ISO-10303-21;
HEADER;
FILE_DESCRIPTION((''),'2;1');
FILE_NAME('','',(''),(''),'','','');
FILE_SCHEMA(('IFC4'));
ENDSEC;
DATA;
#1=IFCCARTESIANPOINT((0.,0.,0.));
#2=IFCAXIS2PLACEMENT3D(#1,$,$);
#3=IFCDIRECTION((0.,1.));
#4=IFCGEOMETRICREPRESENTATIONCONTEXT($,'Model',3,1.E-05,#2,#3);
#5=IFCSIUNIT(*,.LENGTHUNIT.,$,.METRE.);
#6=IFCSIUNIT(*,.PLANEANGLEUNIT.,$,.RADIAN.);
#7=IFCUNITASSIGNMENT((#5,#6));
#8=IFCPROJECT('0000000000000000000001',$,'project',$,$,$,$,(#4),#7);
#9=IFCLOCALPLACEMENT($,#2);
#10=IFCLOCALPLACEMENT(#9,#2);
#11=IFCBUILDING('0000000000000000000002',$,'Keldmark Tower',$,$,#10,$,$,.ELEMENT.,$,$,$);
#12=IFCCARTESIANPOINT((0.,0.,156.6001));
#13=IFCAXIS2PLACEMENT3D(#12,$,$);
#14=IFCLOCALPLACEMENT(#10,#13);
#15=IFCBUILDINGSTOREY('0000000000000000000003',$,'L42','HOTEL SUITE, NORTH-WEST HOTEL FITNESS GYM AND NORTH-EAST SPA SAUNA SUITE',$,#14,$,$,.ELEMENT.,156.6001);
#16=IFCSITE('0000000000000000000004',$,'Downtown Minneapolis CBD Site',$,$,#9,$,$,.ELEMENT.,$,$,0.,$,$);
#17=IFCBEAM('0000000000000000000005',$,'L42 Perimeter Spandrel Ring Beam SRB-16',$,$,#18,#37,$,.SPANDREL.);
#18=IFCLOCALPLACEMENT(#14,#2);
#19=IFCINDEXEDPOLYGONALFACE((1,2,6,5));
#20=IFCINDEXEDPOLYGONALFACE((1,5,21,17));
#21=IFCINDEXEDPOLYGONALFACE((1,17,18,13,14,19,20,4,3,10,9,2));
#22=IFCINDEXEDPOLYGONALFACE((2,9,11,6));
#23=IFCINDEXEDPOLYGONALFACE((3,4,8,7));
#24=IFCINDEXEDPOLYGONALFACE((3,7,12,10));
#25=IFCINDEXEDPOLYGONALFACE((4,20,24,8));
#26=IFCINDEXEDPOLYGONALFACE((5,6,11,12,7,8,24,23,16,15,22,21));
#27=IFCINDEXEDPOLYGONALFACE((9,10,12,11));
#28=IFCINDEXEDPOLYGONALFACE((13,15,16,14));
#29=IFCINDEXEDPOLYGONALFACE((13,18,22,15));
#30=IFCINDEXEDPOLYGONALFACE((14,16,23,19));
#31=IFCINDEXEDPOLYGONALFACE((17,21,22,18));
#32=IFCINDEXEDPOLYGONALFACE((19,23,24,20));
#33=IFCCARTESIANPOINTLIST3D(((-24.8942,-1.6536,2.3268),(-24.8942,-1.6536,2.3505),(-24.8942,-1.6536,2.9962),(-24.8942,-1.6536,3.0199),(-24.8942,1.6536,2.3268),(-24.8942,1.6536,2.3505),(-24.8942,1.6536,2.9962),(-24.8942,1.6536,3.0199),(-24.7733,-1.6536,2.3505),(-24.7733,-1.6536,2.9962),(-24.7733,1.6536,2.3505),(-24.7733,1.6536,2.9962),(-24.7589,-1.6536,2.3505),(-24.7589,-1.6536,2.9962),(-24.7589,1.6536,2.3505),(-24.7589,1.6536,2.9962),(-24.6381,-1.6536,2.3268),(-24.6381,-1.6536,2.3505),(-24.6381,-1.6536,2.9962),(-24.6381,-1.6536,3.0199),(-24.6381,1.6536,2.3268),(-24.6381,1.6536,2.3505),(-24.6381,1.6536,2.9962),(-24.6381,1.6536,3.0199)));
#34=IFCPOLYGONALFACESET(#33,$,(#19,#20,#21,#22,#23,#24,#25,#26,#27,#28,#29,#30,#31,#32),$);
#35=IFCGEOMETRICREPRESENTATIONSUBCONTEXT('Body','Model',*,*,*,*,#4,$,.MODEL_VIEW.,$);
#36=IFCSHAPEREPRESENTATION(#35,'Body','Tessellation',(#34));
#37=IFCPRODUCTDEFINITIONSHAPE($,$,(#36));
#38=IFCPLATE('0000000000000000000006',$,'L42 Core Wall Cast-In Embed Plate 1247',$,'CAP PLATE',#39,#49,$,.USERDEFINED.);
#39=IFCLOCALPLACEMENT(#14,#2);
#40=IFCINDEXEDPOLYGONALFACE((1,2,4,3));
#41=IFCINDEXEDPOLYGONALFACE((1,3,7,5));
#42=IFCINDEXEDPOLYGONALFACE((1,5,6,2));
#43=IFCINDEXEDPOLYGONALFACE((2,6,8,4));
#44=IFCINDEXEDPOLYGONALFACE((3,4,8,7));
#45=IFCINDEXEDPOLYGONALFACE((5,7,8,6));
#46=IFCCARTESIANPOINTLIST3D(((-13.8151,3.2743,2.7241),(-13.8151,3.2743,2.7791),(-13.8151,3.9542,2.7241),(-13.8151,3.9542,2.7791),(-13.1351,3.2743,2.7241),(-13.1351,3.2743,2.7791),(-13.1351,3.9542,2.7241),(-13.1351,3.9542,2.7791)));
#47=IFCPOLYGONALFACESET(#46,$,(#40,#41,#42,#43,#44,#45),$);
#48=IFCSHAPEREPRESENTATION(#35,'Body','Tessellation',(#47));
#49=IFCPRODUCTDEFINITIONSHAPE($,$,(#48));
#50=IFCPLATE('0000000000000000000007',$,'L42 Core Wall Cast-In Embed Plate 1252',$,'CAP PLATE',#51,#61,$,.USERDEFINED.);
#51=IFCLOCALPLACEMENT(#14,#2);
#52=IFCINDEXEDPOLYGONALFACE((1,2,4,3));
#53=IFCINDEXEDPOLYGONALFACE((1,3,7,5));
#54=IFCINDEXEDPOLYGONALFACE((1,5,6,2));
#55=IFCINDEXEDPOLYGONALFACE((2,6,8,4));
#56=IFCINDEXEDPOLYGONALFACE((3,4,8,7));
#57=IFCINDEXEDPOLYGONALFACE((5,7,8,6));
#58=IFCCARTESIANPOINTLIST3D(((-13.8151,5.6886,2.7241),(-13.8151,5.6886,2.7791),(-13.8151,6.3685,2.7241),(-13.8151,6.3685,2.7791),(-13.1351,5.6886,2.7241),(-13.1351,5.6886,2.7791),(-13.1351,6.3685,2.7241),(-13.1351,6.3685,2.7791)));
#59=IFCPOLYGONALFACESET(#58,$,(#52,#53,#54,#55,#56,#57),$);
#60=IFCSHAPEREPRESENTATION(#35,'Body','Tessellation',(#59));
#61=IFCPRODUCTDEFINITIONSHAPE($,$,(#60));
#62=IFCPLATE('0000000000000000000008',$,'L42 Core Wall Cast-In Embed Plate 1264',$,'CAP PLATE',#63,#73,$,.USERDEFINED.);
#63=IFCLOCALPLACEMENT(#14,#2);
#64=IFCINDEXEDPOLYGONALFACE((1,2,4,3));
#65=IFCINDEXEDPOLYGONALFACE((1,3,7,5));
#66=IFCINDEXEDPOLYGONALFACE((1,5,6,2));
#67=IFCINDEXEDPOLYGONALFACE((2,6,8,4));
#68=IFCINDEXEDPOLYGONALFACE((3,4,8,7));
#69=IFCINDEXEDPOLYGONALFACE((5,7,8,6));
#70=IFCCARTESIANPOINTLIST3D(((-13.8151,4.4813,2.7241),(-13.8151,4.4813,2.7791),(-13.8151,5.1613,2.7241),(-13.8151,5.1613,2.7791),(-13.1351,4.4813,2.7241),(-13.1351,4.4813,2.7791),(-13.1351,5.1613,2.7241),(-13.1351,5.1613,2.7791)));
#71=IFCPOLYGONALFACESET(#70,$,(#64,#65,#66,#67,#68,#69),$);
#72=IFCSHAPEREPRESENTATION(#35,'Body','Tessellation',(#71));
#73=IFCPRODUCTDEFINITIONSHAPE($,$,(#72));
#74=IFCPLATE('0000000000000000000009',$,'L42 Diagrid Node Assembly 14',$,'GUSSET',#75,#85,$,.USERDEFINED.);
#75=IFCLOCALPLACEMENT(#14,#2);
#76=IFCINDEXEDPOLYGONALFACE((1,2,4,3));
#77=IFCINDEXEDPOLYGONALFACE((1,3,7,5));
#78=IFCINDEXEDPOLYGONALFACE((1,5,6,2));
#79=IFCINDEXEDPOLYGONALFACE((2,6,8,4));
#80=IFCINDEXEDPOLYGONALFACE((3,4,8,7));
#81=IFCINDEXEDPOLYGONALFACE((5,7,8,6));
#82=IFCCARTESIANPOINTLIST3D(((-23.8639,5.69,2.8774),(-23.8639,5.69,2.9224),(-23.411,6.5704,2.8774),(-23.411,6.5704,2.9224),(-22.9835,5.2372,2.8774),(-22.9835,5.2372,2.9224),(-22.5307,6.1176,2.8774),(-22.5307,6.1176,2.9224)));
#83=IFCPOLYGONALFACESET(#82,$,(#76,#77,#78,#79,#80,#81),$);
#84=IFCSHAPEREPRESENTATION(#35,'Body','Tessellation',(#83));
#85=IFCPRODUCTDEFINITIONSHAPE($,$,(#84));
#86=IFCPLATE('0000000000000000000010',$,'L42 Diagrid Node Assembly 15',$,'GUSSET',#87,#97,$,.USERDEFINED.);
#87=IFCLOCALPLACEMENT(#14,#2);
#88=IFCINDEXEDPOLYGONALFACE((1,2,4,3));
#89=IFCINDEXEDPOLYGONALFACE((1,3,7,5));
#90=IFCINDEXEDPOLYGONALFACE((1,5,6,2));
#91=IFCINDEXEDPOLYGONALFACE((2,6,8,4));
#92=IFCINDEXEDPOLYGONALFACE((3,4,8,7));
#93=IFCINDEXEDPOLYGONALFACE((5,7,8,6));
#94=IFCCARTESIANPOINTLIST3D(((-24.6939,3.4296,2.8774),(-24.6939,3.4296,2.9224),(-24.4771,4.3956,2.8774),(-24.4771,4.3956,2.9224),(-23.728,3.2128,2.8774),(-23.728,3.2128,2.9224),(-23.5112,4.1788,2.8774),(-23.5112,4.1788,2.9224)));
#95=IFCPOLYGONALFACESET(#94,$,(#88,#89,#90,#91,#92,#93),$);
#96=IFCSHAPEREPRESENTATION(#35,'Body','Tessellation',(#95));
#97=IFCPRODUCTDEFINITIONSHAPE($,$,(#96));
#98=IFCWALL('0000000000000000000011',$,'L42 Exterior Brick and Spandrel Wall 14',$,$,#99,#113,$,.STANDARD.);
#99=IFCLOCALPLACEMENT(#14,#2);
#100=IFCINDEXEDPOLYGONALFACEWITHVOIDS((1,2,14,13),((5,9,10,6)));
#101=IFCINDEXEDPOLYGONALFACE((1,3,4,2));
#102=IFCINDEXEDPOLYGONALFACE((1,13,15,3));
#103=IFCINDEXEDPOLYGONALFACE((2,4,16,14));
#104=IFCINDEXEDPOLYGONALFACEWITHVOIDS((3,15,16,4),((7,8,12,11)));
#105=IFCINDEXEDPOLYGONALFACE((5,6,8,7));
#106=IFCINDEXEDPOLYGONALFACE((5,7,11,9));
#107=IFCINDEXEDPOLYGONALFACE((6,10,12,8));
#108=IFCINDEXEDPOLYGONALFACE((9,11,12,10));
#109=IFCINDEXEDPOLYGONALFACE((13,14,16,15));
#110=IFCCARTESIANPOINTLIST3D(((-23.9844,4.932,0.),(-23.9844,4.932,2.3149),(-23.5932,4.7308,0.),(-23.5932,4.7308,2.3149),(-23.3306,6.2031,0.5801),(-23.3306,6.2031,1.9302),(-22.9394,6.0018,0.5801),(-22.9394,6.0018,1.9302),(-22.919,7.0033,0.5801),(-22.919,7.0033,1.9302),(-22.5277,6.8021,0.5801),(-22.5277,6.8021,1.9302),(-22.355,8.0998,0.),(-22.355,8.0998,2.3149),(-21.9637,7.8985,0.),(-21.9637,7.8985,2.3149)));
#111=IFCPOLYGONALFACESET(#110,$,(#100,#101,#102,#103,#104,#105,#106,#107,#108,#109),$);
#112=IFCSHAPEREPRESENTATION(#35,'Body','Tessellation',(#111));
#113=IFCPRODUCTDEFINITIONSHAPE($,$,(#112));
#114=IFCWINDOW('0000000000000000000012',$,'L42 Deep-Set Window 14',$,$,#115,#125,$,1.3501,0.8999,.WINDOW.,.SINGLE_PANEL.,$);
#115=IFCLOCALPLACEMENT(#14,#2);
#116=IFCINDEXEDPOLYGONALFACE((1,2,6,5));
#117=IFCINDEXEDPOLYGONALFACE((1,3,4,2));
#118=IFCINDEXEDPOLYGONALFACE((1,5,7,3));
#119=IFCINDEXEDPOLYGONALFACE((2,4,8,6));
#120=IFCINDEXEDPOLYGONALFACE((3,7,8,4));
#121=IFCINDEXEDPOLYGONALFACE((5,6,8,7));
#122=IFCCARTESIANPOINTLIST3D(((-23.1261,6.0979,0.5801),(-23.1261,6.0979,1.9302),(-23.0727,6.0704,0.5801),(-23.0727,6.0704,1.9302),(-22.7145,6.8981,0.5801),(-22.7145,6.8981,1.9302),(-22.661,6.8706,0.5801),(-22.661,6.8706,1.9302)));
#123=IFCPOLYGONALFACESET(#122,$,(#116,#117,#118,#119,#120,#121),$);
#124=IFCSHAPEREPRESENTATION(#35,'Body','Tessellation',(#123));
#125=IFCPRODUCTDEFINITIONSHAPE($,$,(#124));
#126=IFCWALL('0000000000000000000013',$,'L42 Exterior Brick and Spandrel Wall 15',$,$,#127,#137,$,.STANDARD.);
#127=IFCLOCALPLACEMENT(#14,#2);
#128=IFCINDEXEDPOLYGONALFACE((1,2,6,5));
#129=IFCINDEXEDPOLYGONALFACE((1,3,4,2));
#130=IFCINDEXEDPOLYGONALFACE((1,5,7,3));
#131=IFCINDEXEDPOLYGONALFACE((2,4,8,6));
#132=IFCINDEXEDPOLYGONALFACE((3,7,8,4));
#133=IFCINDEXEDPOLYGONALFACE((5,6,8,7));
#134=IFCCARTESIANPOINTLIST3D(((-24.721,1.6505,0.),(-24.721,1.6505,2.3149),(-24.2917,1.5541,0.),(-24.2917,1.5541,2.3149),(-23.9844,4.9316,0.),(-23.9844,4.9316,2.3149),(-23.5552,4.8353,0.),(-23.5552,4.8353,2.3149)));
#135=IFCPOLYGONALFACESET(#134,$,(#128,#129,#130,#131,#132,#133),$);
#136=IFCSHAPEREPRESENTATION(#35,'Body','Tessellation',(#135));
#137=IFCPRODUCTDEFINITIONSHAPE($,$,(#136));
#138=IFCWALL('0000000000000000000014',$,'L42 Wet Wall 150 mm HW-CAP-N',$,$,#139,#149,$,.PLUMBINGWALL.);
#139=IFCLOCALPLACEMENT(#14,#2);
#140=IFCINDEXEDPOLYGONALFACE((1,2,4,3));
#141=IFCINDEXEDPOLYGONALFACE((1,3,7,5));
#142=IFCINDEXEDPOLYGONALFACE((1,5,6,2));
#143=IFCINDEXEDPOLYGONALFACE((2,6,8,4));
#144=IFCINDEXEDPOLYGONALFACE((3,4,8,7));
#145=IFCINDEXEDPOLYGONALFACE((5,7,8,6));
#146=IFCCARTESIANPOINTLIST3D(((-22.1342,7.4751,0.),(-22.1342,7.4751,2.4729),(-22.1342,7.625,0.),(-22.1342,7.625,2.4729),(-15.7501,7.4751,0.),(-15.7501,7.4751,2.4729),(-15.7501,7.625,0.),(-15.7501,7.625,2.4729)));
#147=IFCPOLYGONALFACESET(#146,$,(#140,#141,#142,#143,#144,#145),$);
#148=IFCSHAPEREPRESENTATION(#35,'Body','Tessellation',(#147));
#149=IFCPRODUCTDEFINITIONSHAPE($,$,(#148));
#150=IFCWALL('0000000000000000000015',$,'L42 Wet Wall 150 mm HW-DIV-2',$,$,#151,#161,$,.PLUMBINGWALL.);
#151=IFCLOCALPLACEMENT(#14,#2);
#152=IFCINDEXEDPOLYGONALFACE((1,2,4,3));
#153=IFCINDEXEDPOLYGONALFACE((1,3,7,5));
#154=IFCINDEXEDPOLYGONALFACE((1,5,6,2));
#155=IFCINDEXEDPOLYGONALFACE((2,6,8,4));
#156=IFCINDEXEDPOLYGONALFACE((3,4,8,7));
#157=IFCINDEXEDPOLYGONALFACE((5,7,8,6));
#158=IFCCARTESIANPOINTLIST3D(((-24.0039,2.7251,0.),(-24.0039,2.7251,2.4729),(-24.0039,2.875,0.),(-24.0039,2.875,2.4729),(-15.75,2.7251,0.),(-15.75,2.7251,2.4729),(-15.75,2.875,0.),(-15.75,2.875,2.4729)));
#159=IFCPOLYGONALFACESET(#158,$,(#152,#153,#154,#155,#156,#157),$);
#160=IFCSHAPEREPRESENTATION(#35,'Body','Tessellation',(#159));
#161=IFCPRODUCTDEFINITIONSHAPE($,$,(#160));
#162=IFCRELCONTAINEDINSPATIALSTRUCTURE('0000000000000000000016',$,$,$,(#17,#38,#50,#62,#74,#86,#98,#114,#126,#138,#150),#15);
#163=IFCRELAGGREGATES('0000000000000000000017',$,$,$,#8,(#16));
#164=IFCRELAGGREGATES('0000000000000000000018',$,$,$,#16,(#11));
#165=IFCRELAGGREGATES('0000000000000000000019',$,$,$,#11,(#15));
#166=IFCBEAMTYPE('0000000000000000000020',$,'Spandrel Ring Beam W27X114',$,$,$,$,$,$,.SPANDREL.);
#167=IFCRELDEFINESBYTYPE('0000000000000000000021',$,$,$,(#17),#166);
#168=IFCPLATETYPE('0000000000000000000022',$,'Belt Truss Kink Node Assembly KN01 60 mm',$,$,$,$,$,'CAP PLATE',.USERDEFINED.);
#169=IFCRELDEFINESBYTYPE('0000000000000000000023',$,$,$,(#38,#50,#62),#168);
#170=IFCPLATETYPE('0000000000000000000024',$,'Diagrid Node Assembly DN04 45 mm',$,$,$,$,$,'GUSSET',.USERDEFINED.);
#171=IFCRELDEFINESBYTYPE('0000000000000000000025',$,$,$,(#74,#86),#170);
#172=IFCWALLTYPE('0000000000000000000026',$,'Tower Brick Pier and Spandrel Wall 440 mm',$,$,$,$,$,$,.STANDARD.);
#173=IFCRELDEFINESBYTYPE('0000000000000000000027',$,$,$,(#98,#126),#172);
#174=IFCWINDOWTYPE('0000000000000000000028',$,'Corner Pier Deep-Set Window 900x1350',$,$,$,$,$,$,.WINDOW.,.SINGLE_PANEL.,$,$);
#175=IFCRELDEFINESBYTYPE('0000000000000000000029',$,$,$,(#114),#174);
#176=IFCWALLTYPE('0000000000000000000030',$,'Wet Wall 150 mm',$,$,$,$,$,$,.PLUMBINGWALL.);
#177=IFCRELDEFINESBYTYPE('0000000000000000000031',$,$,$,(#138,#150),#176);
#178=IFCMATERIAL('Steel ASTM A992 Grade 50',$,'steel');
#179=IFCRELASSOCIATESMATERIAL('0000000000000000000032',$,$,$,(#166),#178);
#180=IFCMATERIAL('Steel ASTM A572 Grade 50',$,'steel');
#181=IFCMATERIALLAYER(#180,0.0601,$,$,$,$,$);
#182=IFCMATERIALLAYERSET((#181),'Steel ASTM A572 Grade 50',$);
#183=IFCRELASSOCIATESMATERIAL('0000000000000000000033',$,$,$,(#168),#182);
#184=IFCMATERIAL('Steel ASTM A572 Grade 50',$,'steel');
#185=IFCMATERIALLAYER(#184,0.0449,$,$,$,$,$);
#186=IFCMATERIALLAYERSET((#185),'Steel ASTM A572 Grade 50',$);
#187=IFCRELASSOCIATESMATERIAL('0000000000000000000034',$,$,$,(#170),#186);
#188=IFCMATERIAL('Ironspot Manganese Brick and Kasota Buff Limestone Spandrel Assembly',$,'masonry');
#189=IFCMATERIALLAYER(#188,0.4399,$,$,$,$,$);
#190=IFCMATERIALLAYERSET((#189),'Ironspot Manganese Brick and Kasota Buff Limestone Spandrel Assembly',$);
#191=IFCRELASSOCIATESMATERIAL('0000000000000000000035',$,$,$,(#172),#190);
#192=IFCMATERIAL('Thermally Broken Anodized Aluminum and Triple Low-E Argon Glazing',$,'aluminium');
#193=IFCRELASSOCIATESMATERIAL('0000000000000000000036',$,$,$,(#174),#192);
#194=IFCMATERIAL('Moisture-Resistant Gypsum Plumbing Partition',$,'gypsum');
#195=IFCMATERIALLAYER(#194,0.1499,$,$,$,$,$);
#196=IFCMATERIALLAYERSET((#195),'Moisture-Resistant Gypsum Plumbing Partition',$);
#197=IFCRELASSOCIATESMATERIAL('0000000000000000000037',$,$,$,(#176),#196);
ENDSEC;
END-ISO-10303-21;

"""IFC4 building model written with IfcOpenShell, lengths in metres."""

from ifc_helpers import new_model, si_unit, direction, frame, frame_2d, origin, origin_2d, place, context, subcontext, project, spatial, rectangle, i_section, extrude, material, layer, layer_set, material_profile, profile_set, type_object, element, fill, save


model = new_model("IFC4")

# Units and contexts
model_context = context("Model", 3, precision=1e-05, world=origin(), true_north=direction((0.0, 1.0)))
body_context = subcontext(model_context, "Body", "Model", "MODEL_VIEW")
ifc_project = project(units=[si_unit("LENGTHUNIT", "METRE"), si_unit("PLANEANGLEUNIT", "RADIAN")], contexts=[model_context])

# Site, building, storey
site_placement = place(None, origin())
site = spatial("IfcSite", under=ifc_project, at=site_placement, Name="Downtown Minneapolis CBD Site", CompositionType="ELEMENT", RefElevation=0.0)
building_placement = place(site_placement, origin())
building = spatial("IfcBuilding", under=site, at=building_placement, Name="Keldmark Tower", CompositionType="ELEMENT")
storey_placement = place(building_placement, frame((0.0, 0.0, 156.6001)))
storey = spatial("IfcBuildingStorey", under=building, at=storey_placement, Name="L42", Description="HOTEL SUITE, NORTH-WEST HOTEL FITNESS GYM AND NORTH-EAST SPA SAUNA SUITE", CompositionType="ELEMENT", Elevation=156.6001)

# Beam
ifc_material_1 = material(Name="Steel ASTM A992 Grade 50", Category="steel")
ifc_material_profile_1 = material_profile(ifc_material_1, i_section(OverallWidth=0.2561, OverallDepth=0.6931, WebThickness=0.0144, FlangeThickness=0.0237, at=origin_2d()), Name="W27X114")
ifc_profile_set_1 = profile_set([ifc_material_profile_1], Name="Steel ASTM A992 Grade 50")
beam_type_1 = type_object("IfcBeamType", Name="Spandrel Ring Beam W27X114", PredefinedType="SPANDREL", material=ifc_profile_set_1)
beam_1_placement = place(storey_placement, frame((-24.7661, 1.6536, 2.6733), z_axis=(0.0, -1.0, 0.0), x_axis=(1.0, 0.0, 0.0)))
element("IfcBeam", 1, at=beam_1_placement, inside=storey, type_object=beam_type_1, Name="L42 Perimeter Spandrel Ring Beam SRB-16", PredefinedType="SPANDREL", context=body_context, shape_type="SweptSolid", body=[
    extrude(i_section(OverallWidth=0.2561, OverallDepth=0.6931, WebThickness=0.0144, FlangeThickness=0.0237, at=origin_2d()), origin(), (0.0, 0.0, 1.0), 3.3071),
])

# Plates
ifc_material_2 = material(Name="Steel ASTM A572 Grade 50", Category="steel")
ifc_layer_1 = layer(ifc_material_2, 0.0601)
ifc_layer_set_1 = layer_set([ifc_layer_1], Name="Steel ASTM A572 Grade 50")
plate_type_1 = type_object("IfcPlateType", Name="Belt Truss Kink Node Assembly KN01 60 mm", ElementType="CAP PLATE", PredefinedType="USERDEFINED", material=ifc_layer_set_1)
for number, where, z_axis, x_axis, name in (
    (2, (-13.4751, 3.6143, 2.7241), (0.0, 0.0, 1.0), (1.0, 0.0, 0.0), "L42 Core Wall Cast-In Embed Plate 1247"),
    (3, (-13.4751, 6.0286, 2.7241), (0.0, 0.0, 1.0), (1.0, 0.0, 0.0), "L42 Core Wall Cast-In Embed Plate 1252"),
    (4, (-13.4751, 4.8213, 2.7241), (0.0, 0.0, 1.0), (1.0, 0.0, 0.0), "L42 Core Wall Cast-In Embed Plate 1264"),
):
    element("IfcPlate", number, at=place(storey_placement, frame(where, z_axis=z_axis, x_axis=x_axis)), inside=storey, type_object=plate_type_1, Name=name, ObjectType="CAP PLATE", PredefinedType="USERDEFINED", context=body_context, shape_type="SweptSolid", body=[
        extrude(rectangle(XDim=0.6799, YDim=0.6799, at=origin_2d()), origin(), (0.0, 0.0, 1.0), 0.0549),
    ])
ifc_material_3 = material(Name="Steel ASTM A572 Grade 50", Category="steel")
ifc_layer_2 = layer(ifc_material_3, 0.0449)
ifc_layer_set_2 = layer_set([ifc_layer_2], Name="Steel ASTM A572 Grade 50")
plate_type_2 = type_object("IfcPlateType", Name="Diagrid Node Assembly DN04 45 mm", ElementType="GUSSET", PredefinedType="USERDEFINED", material=ifc_layer_set_2)
for number, where, z_axis, x_axis, name in (
    (5, (-23.1973, 5.9038, 2.8774), (0.0, 0.0, 1.0), (-0.457408, -0.889257, 0.0), "L42 Diagrid Node Assembly 14"),
    (6, (-24.1025, 3.8042, 2.8774), (0.0, 0.0, 1.0), (-0.218995, -0.975726, 0.0), "L42 Diagrid Node Assembly 15"),
):
    element("IfcPlate", number, at=place(storey_placement, frame(where, z_axis=z_axis, x_axis=x_axis)), inside=storey, type_object=plate_type_2, Name=name, ObjectType="GUSSET", PredefinedType="USERDEFINED", context=body_context, shape_type="SweptSolid", body=[
        extrude(rectangle(XDim=0.99, YDim=0.99, at=origin_2d()), origin(), (0.0, 0.0, 1.0), 0.0449),
    ])

# Wall, opening, window
ifc_material_4 = material(Name="Ironspot Manganese Brick and Kasota Buff Limestone Spandrel Assembly", Category="masonry")
ifc_layer_3 = layer(ifc_material_4, 0.4399)
ifc_layer_set_3 = layer_set([ifc_layer_3], Name="Ironspot Manganese Brick and Kasota Buff Limestone Spandrel Assembly")
wall_type_1 = type_object("IfcWallType", Name="Tower Brick Pier and Spandrel Wall 440 mm", PredefinedType="STANDARD", material=ifc_layer_set_3)
wall_1_placement = place(storey_placement, frame((-23.7888, 4.8313, 0.0), z_axis=(0.0, 0.0, 1.0), x_axis=(0.45741, 0.889256, 0.0)))
wall_1 = element("IfcWall", 7, at=wall_1_placement, inside=storey, type_object=wall_type_1, Name="L42 Exterior Brick and Spandrel Wall 14", PredefinedType="STANDARD", context=body_context, shape_type="SweptSolid", body=[
    extrude(rectangle(XDim=3.5623, YDim=0.4399, at=frame_2d((1.7812, 0.0))), origin(), (0.0, 0.0, 1.0), 2.3149),
])
opening_1_placement = place(wall_1_placement, frame((1.4294, 0.0, 0.5801)))
opening_1 = element("IfcOpeningElement", 8, at=opening_1_placement, cuts=wall_1, PredefinedType="OPENING", context=body_context, shape_type="SweptSolid", body=[
    extrude(rectangle(XDim=0.8999, YDim=1.3501, at=frame_2d((0.45, 0.675))), frame((0.0, 0.23, 0.0), z_axis=(0.0, -1.0, 0.0), x_axis=(1.0, 0.0, 0.0)), (0.0, 0.0, 1.0), 0.46),
])
ifc_material_5 = material(Name="Thermally Broken Anodized Aluminum and Triple Low-E Argon Glazing", Category="aluminium")
window_type = type_object("IfcWindowType", Name="Corner Pier Deep-Set Window 900x1350", PartitioningType="SINGLE_PANEL", PredefinedType="WINDOW", material=ifc_material_5)
window_placement = place(opening_1_placement, origin())
window = element("IfcWindow", 9, at=window_placement, inside=storey, type_object=window_type, Name="L42 Deep-Set Window 14", OverallHeight=1.3501, OverallWidth=0.8999, PartitioningType="SINGLE_PANEL", PredefinedType="WINDOW", context=body_context, shape_type="SweptSolid", body=[
    extrude(rectangle(XDim=0.8999, YDim=1.3501, at=frame_2d((0.45, 0.675))), frame((0.0, -0.01, 0.0), z_axis=(0.0, -1.0, 0.0), x_axis=(1.0, 0.0, 0.0)), (0.0, 0.0, 1.0), 0.0601),
])
fill(opening_1, window)

# Walls
wall_2_placement = place(storey_placement, frame((-24.5063, 1.6023, 0.0), z_axis=(0.0, 0.0, 1.0), x_axis=(0.219028, 0.975718, 0.0)))
element("IfcWall", 10, at=wall_2_placement, inside=storey, type_object=wall_type_1, Name="L42 Exterior Brick and Spandrel Wall 15", PredefinedType="STANDARD", context=body_context, shape_type="SweptSolid", body=[
    extrude(rectangle(XDim=3.3628, YDim=0.4399, at=frame_2d((1.6814, 0.0))), origin(), (0.0, 0.0, 1.0), 2.3149),
])
ifc_material_6 = material(Name="Moisture-Resistant Gypsum Plumbing Partition", Category="gypsum")
ifc_layer_4 = layer(ifc_material_6, 0.1499)
ifc_layer_set_4 = layer_set([ifc_layer_4], Name="Moisture-Resistant Gypsum Plumbing Partition")
wall_type_2 = type_object("IfcWallType", Name="Wet Wall 150 mm", PredefinedType="PLUMBINGWALL", material=ifc_layer_set_4)
wall_3_placement = place(storey_placement, frame((-22.134, 7.55, 0.0), z_axis=(0.0, 0.0, 1.0), x_axis=(1.0, 0.0, 0.0)))
element("IfcWall", 11, at=wall_3_placement, inside=storey, type_object=wall_type_2, Name="L42 Wet Wall 150 mm HW-CAP-N", PredefinedType="PLUMBINGWALL", context=body_context, shape_type="SweptSolid", body=[
    extrude(rectangle(XDim=6.384, YDim=0.1499, at=frame_2d((3.1919, 0.0))), origin(), (0.0, 0.0, 1.0), 2.4729),
])
wall_4_placement = place(storey_placement, frame((-24.0039, 2.8, 0.0), z_axis=(0.0, 0.0, 1.0), x_axis=(1.0, 0.0, 0.0)))
element("IfcWall", 12, at=wall_4_placement, inside=storey, type_object=wall_type_2, Name="L42 Wet Wall 150 mm HW-DIV-2", PredefinedType="PLUMBINGWALL", context=body_context, shape_type="SweptSolid", body=[
    extrude(rectangle(XDim=8.2539, YDim=0.1499, at=frame_2d((4.127, 0.0))), origin(), (0.0, 0.0, 1.0), 2.4729),
])

save(model, "model.ifc")
